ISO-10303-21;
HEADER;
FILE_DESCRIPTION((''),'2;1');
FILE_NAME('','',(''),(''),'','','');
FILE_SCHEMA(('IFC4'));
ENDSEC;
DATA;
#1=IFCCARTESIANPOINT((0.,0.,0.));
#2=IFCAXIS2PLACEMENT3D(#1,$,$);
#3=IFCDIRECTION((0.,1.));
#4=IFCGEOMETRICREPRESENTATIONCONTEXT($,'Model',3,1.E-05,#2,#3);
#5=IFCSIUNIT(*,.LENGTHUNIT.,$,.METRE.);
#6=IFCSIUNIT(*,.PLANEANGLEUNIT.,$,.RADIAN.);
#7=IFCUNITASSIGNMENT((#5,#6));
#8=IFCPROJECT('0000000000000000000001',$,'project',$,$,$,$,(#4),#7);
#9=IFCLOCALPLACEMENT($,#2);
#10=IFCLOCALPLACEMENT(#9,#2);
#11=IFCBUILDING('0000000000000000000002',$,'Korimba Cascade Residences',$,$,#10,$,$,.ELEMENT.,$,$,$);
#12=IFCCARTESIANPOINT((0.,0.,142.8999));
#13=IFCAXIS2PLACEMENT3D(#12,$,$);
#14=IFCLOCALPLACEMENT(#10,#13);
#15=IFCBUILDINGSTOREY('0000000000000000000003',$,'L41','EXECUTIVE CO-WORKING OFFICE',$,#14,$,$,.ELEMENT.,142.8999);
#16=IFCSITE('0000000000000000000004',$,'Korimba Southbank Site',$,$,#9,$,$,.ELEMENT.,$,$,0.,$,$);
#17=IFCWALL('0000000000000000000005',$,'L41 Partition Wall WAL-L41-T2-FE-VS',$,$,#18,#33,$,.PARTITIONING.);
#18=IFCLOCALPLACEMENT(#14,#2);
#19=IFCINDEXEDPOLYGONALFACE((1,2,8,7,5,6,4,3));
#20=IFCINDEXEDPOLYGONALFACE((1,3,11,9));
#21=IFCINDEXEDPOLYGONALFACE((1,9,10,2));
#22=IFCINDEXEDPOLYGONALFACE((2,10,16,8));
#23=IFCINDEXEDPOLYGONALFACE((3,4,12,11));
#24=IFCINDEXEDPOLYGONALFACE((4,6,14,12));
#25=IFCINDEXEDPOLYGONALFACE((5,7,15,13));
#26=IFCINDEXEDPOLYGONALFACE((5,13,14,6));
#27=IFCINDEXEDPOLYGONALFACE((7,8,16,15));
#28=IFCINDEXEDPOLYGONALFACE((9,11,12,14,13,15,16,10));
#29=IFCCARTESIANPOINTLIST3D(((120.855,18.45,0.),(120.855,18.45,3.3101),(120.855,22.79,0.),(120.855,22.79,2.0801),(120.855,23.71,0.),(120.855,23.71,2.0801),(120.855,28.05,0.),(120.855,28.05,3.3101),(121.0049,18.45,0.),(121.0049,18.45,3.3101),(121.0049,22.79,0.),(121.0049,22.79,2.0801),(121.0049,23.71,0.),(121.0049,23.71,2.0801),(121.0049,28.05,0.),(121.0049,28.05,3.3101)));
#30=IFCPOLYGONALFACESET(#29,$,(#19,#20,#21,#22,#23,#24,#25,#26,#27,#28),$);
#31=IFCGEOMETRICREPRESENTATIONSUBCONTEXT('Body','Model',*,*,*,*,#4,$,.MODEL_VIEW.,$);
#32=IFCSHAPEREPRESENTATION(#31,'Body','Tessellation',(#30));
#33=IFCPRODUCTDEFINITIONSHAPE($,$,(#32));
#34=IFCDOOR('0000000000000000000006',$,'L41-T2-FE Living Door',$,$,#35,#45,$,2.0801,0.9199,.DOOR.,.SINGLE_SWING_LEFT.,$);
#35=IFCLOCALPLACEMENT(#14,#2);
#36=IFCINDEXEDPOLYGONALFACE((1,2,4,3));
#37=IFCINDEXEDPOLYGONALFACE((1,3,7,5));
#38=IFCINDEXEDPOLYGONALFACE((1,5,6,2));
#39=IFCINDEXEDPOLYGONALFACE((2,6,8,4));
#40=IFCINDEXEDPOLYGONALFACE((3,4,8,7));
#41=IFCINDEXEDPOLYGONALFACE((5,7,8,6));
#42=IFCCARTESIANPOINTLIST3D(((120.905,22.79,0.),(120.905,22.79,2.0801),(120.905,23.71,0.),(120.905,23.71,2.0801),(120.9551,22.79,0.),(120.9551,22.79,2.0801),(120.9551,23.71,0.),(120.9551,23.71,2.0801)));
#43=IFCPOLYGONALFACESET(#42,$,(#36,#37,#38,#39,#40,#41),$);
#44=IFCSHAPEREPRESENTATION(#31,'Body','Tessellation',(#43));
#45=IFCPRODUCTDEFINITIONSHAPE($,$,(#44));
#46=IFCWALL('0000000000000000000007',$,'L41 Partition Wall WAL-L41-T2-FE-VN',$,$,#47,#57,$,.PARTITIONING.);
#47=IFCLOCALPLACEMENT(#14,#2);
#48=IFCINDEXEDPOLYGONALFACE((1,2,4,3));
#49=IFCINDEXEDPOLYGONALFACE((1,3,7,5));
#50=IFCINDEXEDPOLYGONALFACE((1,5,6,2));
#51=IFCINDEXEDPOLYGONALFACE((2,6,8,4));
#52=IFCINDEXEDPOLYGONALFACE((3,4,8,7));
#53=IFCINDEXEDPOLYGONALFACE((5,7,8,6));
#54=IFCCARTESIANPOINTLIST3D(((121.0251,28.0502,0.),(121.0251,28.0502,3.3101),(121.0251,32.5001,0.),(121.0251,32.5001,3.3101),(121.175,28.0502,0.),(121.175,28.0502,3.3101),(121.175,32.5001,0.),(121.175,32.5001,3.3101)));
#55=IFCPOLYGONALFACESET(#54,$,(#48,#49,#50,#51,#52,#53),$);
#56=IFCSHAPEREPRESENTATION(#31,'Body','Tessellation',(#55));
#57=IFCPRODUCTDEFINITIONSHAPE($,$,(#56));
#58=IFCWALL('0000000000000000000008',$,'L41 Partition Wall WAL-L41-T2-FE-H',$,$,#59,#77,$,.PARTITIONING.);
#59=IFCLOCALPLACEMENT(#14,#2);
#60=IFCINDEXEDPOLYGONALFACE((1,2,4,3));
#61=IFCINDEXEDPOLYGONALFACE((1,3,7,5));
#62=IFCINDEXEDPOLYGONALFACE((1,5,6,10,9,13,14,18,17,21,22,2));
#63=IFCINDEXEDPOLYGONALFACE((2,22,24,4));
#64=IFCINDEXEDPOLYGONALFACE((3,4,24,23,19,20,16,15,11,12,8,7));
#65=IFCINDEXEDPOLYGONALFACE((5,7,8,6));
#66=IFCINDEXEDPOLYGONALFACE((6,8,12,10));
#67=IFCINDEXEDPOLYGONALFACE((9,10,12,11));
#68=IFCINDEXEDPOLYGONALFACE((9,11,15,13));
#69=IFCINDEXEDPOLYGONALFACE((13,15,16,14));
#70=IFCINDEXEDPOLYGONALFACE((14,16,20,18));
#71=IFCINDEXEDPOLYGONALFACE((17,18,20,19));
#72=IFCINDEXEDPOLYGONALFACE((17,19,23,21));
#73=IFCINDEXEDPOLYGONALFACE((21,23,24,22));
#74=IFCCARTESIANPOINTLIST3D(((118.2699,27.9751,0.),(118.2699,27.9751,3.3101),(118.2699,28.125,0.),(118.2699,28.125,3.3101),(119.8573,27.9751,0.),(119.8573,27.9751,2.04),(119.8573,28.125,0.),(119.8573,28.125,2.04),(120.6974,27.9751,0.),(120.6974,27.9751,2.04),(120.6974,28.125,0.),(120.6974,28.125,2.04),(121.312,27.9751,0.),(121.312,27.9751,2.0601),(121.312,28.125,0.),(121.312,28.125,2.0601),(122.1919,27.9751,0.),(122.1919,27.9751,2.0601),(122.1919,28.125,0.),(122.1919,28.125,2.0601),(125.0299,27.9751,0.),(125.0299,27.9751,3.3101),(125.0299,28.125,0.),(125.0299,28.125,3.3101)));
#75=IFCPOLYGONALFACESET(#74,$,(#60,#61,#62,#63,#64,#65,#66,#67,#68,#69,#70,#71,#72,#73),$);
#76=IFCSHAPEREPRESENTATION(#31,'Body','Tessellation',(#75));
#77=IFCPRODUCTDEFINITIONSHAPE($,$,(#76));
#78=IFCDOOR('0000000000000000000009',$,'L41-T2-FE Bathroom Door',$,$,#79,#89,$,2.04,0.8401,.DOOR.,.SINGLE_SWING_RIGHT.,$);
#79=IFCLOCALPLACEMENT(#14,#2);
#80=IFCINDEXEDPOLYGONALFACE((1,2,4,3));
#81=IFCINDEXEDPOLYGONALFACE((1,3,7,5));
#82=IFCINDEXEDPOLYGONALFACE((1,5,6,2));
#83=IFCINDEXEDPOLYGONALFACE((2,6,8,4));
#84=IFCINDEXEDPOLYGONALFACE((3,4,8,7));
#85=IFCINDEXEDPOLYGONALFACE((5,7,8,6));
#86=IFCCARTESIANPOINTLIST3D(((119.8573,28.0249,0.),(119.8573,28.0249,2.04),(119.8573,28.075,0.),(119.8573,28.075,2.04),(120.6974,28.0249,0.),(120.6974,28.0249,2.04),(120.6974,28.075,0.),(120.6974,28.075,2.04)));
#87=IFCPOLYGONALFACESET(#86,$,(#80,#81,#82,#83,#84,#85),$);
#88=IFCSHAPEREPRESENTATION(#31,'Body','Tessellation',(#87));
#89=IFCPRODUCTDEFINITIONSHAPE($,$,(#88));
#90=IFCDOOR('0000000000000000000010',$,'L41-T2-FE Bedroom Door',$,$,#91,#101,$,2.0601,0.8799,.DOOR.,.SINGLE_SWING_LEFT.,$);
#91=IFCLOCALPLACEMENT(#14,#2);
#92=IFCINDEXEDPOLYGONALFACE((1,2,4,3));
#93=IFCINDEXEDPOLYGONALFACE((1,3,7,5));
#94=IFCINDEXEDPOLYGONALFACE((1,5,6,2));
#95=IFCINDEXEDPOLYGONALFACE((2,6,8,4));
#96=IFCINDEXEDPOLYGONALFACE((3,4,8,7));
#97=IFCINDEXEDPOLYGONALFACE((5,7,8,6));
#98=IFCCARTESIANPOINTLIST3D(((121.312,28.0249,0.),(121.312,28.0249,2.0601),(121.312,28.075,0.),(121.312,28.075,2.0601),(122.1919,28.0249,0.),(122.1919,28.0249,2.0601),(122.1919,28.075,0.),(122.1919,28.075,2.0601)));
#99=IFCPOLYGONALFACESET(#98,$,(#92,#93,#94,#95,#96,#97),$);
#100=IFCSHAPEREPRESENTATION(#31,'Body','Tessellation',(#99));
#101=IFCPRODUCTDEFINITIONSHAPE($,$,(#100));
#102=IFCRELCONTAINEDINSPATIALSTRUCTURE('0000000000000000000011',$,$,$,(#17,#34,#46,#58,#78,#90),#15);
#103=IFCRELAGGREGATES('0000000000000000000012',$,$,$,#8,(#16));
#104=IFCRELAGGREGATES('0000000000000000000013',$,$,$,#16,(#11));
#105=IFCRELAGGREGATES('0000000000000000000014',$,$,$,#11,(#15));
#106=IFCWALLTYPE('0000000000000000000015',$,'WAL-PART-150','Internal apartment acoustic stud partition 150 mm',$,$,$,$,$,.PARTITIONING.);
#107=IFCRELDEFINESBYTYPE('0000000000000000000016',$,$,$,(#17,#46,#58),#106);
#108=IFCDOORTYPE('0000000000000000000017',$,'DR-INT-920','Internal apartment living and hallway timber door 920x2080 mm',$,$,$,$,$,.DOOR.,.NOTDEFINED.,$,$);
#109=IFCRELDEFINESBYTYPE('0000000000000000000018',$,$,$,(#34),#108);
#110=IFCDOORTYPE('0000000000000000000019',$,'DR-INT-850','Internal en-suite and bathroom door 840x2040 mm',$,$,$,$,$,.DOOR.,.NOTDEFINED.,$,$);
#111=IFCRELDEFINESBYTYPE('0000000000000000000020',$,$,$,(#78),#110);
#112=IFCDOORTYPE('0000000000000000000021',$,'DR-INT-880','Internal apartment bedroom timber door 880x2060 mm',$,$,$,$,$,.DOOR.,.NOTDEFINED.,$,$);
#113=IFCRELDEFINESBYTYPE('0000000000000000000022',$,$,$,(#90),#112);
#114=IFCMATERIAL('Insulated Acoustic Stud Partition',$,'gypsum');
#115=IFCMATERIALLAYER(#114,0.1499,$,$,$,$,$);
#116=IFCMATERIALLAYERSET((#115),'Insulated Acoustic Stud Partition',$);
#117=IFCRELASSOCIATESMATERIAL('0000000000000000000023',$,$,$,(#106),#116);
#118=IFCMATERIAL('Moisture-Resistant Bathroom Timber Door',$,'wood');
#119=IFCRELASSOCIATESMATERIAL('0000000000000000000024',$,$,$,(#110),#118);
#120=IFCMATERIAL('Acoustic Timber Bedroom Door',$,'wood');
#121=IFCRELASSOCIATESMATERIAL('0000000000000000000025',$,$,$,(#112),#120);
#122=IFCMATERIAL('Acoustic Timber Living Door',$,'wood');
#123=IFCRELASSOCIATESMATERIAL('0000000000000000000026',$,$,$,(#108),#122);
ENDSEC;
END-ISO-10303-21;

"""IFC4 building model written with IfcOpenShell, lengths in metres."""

from ifc_helpers import new_model, si_unit, direction, frame, frame_2d, origin, place, context, subcontext, project, spatial, rectangle, extrude, material, layer, layer_set, type_object, element, fill, save


model = new_model("IFC4")

# Units and contexts
model_context = context("Model", 3, precision=1e-05, world=origin(), true_north=direction((0.0, 1.0)))
body_context = subcontext(model_context, "Body", "Model", "MODEL_VIEW")
ifc_project = project(units=[si_unit("LENGTHUNIT", "METRE"), si_unit("PLANEANGLEUNIT", "RADIAN")], contexts=[model_context])

# Site, building, storey
site_placement = place(None, origin())
site = spatial("IfcSite", under=ifc_project, at=site_placement, Name="Korimba Southbank Site", CompositionType="ELEMENT", RefElevation=0.0)
building_placement = place(site_placement, origin())
building = spatial("IfcBuilding", under=site, at=building_placement, Name="Korimba Cascade Residences", CompositionType="ELEMENT")
storey_placement = place(building_placement, frame((0.0, 0.0, 142.8999)))
storey = spatial("IfcBuildingStorey", under=building, at=storey_placement, Name="L41", Description="EXECUTIVE CO-WORKING OFFICE", CompositionType="ELEMENT", Elevation=142.8999)

# Wall, opening, door
ifc_material_1 = material(Name="Insulated Acoustic Stud Partition", Category="gypsum")
ifc_layer_1 = layer(ifc_material_1, 0.1499)
ifc_layer_set_1 = layer_set([ifc_layer_1], Name="Insulated Acoustic Stud Partition")
wall_type_1 = type_object("IfcWallType", Name="WAL-PART-150", Description="Internal apartment acoustic stud partition 150 mm", PredefinedType="PARTITIONING", material=ifc_layer_set_1)
ifc_material_2 = material(Name="Moisture-Resistant Bathroom Timber Door", Category="wood")
door_type_1 = type_object("IfcDoorType", Name="DR-INT-850", Description="Internal en-suite and bathroom door 840x2040 mm", OperationType="NOTDEFINED", PredefinedType="DOOR", material=ifc_material_2)
ifc_material_3 = material(Name="Acoustic Timber Bedroom Door", Category="wood")
door_type_2 = type_object("IfcDoorType", Name="DR-INT-880", Description="Internal apartment bedroom timber door 880x2060 mm", OperationType="NOTDEFINED", PredefinedType="DOOR", material=ifc_material_3)
wall_1_placement = place(storey_placement, frame((120.9299, 18.45, 0.0), z_axis=(0.0, 0.0, 1.0), x_axis=(0.0, 1.0, 0.0)))
wall_1 = element("IfcWall", 1, at=wall_1_placement, inside=storey, type_object=wall_type_1, Name="L41 Partition Wall WAL-L41-T2-FE-VS", PredefinedType="PARTITIONING", context=body_context, shape_type="SweptSolid", body=[
    extrude(rectangle(XDim=9.6001, YDim=0.1499, at=frame_2d((4.8, 0.0))), origin(), (0.0, 0.0, 1.0), 3.3101),
])
opening_1_placement = place(wall_1_placement, frame((4.3401, 0.0, 0.0)))
opening_1 = element("IfcOpeningElement", 2, at=opening_1_placement, cuts=wall_1, PredefinedType="OPENING", context=body_context, shape_type="SweptSolid", body=[
    extrude(rectangle(XDim=0.9199, YDim=2.0801, at=frame_2d((0.46, 1.04))), frame((0.0, 0.085, 0.0), z_axis=(0.0, -1.0, 0.0), x_axis=(1.0, 0.0, 0.0)), (0.0, 0.0, 1.0), 0.1699),
])
ifc_material_4 = material(Name="Acoustic Timber Living Door", Category="wood")
door_type_3 = type_object("IfcDoorType", Name="DR-INT-920", Description="Internal apartment living and hallway timber door 920x2080 mm", OperationType="NOTDEFINED", PredefinedType="DOOR", material=ifc_material_4)
door_1_placement = place(opening_1_placement, origin())
door_1 = element("IfcDoor", 3, at=door_1_placement, inside=storey, type_object=door_type_3, Name="L41-T2-FE Living Door", OperationType="SINGLE_SWING_LEFT", OverallHeight=2.0801, OverallWidth=0.9199, PredefinedType="DOOR", context=body_context, shape_type="SweptSolid", body=[
    extrude(rectangle(XDim=0.9199, YDim=2.0801, at=frame_2d((0.46, 1.04))), frame((0.0, 0.0249, 0.0), z_axis=(0.0, -1.0, 0.0), x_axis=(1.0, 0.0, 0.0)), (0.0, 0.0, 1.0), 0.05),
])
fill(opening_1, door_1)

# Wall
wall_2_placement = place(storey_placement, frame((121.1001, 28.05, 0.0), z_axis=(0.0, 0.0, 1.0), x_axis=(0.0, 1.0, 0.0)))
element("IfcWall", 4, at=wall_2_placement, inside=storey, type_object=wall_type_1, Name="L41 Partition Wall WAL-L41-T2-FE-VN", PredefinedType="PARTITIONING", context=body_context, shape_type="SweptSolid", body=[
    extrude(rectangle(XDim=4.45, YDim=0.1499, at=frame_2d((2.2251, 0.0))), origin(), (0.0, 0.0, 1.0), 3.3101),
])

# Wall, openings, doors
wall_3_placement = place(storey_placement, frame((118.27, 28.05, 0.0), z_axis=(0.0, 0.0, 1.0), x_axis=(1.0, 0.0, 0.0)))
wall_3 = element("IfcWall", 5, at=wall_3_placement, inside=storey, type_object=wall_type_1, Name="L41 Partition Wall WAL-L41-T2-FE-H", PredefinedType="PARTITIONING", context=body_context, shape_type="SweptSolid", body=[
    extrude(rectangle(XDim=6.76, YDim=0.1499, at=frame_2d((3.3799, 0.0))), origin(), (0.0, 0.0, 1.0), 3.3101),
])
opening_2_placement = place(wall_3_placement, frame((1.5874, 0.0, 0.0)))
opening_2 = element("IfcOpeningElement", 6, at=opening_2_placement, cuts=wall_3, PredefinedType="OPENING", context=body_context, shape_type="SweptSolid", body=[
    extrude(rectangle(XDim=0.8401, YDim=2.04, at=frame_2d((0.4199, 1.02))), frame((0.0, 0.085, 0.0), z_axis=(0.0, -1.0, 0.0), x_axis=(1.0, 0.0, 0.0)), (0.0, 0.0, 1.0), 0.1699),
])
opening_3_placement = place(wall_3_placement, frame((3.042, 0.0, 0.0)))
opening_3 = element("IfcOpeningElement", 7, at=opening_3_placement, cuts=wall_3, PredefinedType="OPENING", context=body_context, shape_type="SweptSolid", body=[
    extrude(rectangle(XDim=0.8799, YDim=2.0601, at=frame_2d((0.4399, 1.03))), frame((0.0, 0.085, 0.0), z_axis=(0.0, -1.0, 0.0), x_axis=(1.0, 0.0, 0.0)), (0.0, 0.0, 1.0), 0.1699),
])
door_2_placement = place(opening_2_placement, origin())
door_2 = element("IfcDoor", 8, at=door_2_placement, inside=storey, type_object=door_type_1, Name="L41-T2-FE Bathroom Door", OperationType="SINGLE_SWING_RIGHT", OverallHeight=2.04, OverallWidth=0.8401, PredefinedType="DOOR", context=body_context, shape_type="SweptSolid", body=[
    extrude(rectangle(XDim=0.8401, YDim=2.04, at=frame_2d((0.4199, 1.02))), frame((0.0, 0.0249, 0.0), z_axis=(0.0, -1.0, 0.0), x_axis=(1.0, 0.0, 0.0)), (0.0, 0.0, 1.0), 0.05),
])
fill(opening_2, door_2)
door_3_placement = place(opening_3_placement, origin())
door_3 = element("IfcDoor", 9, at=door_3_placement, inside=storey, type_object=door_type_2, Name="L41-T2-FE Bedroom Door", OperationType="SINGLE_SWING_LEFT", OverallHeight=2.0601, OverallWidth=0.8799, PredefinedType="DOOR", context=body_context, shape_type="SweptSolid", body=[
    extrude(rectangle(XDim=0.8799, YDim=2.0601, at=frame_2d((0.4399, 1.03))), frame((0.0, 0.0249, 0.0), z_axis=(0.0, -1.0, 0.0), x_axis=(1.0, 0.0, 0.0)), (0.0, 0.0, 1.0), 0.05),
])
fill(opening_3, door_3)

save(model, "model.ifc")
